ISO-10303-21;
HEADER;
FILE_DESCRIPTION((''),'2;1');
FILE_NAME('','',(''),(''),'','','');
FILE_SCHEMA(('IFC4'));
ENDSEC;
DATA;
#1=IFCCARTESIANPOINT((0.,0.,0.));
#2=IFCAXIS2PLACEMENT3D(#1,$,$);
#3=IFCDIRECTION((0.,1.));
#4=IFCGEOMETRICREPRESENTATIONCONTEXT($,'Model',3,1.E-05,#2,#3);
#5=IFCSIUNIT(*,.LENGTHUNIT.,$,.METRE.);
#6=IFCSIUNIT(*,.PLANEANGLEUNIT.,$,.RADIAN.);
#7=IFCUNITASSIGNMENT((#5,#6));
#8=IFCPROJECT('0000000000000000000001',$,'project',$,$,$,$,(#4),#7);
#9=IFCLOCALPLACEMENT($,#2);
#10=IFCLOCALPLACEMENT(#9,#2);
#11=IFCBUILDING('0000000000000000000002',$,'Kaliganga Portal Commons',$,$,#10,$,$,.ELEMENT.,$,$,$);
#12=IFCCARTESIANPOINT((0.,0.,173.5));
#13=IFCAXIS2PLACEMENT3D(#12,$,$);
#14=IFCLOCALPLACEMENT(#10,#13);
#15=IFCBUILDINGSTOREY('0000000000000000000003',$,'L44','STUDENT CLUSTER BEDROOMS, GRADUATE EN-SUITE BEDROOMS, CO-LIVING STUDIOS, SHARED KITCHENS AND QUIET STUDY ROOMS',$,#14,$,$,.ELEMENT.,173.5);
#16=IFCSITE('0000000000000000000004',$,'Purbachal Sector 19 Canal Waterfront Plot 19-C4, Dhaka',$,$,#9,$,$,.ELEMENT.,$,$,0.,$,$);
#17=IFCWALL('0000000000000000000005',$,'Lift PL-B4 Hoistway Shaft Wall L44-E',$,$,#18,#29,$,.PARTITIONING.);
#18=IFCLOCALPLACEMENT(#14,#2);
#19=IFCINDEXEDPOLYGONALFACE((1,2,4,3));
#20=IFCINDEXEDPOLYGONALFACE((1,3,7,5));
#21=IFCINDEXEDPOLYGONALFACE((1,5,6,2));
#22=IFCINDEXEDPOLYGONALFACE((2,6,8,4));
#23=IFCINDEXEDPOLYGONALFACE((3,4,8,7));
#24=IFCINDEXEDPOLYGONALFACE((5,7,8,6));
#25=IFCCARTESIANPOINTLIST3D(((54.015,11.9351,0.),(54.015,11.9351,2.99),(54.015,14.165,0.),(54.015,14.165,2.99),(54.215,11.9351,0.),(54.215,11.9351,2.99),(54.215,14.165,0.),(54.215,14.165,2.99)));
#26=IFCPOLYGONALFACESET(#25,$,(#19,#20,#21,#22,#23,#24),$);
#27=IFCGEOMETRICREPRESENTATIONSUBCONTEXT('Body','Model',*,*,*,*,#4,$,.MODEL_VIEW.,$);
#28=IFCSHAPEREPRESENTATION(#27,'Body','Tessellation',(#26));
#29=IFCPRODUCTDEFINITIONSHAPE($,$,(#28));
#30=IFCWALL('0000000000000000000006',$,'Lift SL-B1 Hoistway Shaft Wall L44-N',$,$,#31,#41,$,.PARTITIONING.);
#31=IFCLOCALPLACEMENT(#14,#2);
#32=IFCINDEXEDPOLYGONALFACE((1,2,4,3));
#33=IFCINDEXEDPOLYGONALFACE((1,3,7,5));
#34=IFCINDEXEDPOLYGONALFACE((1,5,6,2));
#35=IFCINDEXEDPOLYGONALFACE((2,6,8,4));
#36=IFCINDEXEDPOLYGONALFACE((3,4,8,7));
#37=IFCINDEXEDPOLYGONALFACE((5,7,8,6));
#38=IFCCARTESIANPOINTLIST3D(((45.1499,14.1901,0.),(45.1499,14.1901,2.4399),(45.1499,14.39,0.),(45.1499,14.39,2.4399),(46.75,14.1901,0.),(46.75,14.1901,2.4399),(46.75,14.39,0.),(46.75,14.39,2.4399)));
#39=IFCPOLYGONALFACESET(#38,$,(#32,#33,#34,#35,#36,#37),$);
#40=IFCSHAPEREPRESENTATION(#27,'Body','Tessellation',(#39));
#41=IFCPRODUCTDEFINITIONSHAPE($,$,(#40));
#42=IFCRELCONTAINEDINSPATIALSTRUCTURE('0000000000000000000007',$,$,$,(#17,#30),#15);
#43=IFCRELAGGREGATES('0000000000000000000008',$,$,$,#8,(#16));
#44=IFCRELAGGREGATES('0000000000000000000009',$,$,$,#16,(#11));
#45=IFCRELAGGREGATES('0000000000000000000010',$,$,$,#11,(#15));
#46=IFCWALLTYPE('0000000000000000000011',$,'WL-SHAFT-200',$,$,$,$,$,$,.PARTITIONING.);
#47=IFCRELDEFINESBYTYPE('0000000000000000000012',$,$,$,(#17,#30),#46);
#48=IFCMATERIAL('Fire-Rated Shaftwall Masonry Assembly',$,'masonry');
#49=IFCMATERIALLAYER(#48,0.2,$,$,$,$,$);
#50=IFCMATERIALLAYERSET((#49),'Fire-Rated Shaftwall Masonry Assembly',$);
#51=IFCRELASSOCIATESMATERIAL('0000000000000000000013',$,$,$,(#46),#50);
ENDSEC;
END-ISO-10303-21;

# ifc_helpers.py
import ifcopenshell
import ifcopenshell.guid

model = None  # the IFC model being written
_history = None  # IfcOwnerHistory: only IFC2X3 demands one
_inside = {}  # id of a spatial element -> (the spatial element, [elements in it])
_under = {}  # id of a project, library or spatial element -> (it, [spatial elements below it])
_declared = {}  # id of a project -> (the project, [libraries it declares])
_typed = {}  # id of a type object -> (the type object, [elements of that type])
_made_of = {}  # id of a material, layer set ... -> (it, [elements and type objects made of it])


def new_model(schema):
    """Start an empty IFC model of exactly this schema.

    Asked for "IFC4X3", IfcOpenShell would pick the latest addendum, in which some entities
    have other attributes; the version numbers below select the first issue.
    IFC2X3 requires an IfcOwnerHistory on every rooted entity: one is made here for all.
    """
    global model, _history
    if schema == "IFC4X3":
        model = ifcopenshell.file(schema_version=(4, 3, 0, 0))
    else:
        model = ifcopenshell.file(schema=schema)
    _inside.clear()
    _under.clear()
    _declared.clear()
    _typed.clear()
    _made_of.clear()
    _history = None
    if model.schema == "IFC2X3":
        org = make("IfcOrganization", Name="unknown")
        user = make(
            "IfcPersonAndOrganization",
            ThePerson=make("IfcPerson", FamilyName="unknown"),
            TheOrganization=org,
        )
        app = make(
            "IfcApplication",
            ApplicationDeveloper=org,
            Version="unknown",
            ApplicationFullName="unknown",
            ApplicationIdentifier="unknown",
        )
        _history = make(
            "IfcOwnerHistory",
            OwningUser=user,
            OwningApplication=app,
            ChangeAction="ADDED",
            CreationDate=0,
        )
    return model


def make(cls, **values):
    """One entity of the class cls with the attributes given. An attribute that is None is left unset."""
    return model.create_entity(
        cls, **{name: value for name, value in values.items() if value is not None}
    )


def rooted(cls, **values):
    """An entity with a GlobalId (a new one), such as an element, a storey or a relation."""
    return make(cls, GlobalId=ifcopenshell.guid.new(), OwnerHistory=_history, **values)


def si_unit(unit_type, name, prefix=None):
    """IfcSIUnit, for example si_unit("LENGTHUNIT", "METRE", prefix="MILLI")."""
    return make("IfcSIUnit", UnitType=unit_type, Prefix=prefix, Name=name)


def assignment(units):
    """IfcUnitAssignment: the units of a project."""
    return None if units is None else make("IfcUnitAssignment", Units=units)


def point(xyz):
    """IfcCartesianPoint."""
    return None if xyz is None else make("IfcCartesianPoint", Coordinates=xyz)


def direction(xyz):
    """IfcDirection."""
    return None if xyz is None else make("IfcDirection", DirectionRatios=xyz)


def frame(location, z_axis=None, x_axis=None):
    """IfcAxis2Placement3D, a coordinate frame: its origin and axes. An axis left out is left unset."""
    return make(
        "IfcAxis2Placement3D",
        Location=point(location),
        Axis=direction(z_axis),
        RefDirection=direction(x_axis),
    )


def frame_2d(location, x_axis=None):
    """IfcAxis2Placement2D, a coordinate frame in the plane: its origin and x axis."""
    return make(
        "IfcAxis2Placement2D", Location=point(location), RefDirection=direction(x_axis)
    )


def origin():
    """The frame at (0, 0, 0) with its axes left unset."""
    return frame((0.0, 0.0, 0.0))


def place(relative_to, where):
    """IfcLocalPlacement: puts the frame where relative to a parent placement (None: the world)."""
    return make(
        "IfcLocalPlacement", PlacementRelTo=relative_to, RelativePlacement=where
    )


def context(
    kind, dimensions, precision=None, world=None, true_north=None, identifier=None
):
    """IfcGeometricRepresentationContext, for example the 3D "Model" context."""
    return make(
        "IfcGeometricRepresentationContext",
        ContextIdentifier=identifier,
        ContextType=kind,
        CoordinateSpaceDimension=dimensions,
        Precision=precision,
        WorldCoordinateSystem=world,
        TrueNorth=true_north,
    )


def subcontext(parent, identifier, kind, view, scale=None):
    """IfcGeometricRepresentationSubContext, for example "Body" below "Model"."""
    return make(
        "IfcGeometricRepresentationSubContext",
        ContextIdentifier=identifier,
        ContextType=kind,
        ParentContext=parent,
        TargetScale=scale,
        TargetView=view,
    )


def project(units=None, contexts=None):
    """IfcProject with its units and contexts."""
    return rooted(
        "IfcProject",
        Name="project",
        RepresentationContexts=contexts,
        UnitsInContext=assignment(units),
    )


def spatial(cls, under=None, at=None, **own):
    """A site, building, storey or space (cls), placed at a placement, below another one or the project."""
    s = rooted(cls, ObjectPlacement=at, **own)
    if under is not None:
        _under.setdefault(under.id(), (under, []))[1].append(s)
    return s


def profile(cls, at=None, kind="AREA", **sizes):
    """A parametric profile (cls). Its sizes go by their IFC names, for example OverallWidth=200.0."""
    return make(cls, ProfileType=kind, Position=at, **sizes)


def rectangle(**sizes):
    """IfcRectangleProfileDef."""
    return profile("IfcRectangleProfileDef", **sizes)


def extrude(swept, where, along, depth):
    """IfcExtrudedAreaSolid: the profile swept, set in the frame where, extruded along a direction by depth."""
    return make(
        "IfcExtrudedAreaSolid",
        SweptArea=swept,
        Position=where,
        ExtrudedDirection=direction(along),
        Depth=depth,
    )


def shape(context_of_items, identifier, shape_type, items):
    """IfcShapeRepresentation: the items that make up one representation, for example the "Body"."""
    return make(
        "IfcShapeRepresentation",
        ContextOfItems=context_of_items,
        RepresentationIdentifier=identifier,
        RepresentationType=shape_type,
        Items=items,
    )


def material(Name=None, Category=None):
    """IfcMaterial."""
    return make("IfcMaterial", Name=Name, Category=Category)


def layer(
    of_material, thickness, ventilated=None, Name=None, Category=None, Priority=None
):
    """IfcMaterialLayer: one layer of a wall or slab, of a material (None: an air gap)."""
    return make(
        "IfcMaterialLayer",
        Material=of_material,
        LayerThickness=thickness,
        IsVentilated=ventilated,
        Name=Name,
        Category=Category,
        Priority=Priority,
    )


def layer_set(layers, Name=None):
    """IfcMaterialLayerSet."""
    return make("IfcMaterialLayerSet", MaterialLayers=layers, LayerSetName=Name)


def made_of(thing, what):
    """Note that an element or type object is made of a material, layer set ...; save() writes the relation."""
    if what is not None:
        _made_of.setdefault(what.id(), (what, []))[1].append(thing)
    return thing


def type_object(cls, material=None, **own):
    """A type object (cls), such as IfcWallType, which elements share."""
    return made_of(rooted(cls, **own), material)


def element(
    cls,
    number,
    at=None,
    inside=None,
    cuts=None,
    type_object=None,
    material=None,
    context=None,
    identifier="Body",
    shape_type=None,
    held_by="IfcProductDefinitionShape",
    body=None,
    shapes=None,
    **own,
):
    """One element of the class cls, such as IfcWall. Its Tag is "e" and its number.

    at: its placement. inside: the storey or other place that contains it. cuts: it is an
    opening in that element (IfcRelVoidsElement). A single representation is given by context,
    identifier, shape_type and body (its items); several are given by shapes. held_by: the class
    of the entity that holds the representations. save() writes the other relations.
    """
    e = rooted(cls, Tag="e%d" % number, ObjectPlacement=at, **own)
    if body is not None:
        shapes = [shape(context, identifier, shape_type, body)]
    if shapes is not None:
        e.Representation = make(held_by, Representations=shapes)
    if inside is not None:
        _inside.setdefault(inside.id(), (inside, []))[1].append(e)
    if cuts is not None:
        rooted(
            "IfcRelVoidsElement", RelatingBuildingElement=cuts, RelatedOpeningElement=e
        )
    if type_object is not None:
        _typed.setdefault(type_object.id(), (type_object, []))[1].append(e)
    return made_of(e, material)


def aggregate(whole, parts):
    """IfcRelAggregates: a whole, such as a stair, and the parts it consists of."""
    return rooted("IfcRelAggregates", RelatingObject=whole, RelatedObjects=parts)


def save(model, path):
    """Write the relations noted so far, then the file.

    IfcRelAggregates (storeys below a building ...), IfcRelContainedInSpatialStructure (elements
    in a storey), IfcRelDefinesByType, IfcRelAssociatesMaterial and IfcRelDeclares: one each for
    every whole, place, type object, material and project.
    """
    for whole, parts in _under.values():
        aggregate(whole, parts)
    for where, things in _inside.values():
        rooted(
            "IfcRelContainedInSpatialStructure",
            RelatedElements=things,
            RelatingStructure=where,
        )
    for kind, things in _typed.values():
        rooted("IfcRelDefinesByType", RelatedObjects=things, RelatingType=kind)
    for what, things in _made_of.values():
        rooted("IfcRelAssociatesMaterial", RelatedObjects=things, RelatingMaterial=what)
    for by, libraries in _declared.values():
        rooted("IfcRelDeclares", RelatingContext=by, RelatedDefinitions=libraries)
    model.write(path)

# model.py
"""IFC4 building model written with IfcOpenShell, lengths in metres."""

from ifc_helpers import new_model, si_unit, direction, frame, frame_2d, origin, place, context, subcontext, project, spatial, rectangle, extrude, material, layer, layer_set, type_object, element, save


model = new_model("IFC4")

# Units and contexts
model_context = context("Model", 3, precision=1e-05, world=origin(), true_north=direction((0.0, 1.0)))
body_context = subcontext(model_context, "Body", "Model", "MODEL_VIEW")
ifc_project = project(units=[si_unit("LENGTHUNIT", "METRE"), si_unit("PLANEANGLEUNIT", "RADIAN")], contexts=[model_context])

# Site, building, storey
site_placement = place(None, origin())
site = spatial("IfcSite", under=ifc_project, at=site_placement, Name="Purbachal Sector 19 Canal Waterfront Plot 19-C4, Dhaka", CompositionType="ELEMENT", RefElevation=0.0)
building_placement = place(site_placement, origin())
building = spatial("IfcBuilding", under=site, at=building_placement, Name="Kaliganga Portal Commons", CompositionType="ELEMENT")
storey_placement = place(building_placement, frame((0.0, 0.0, 173.5)))
storey = spatial("IfcBuildingStorey", under=building, at=storey_placement, Name="L44", Description="STUDENT CLUSTER BEDROOMS, GRADUATE EN-SUITE BEDROOMS, CO-LIVING STUDIOS, SHARED KITCHENS AND QUIET STUDY ROOMS", CompositionType="ELEMENT", Elevation=173.5)

# Shared definitions
ifc_material_1 = material(Name="Fire-Rated Shaftwall Masonry Assembly", Category="masonry")
ifc_layer_1 = layer(ifc_material_1, 0.2)
ifc_layer_set_1 = layer_set([ifc_layer_1], Name="Fire-Rated Shaftwall Masonry Assembly")
wall_type_1 = type_object("IfcWallType", Name="WL-SHAFT-200", PredefinedType="PARTITIONING", material=ifc_layer_set_1)

# Wall
wall_1_placement = place(storey_placement, frame((54.115, 11.9351, 0.0), z_axis=(0.0, 0.0, 1.0), x_axis=(0.0, 1.0, 0.0)))
element("IfcWall", 1, at=wall_1_placement, inside=storey, type_object=wall_type_1, Name="Lift PL-B4 Hoistway Shaft Wall L44-E", PredefinedType="PARTITIONING", context=body_context, shape_type="SweptSolid", body=[
    extrude(rectangle(XDim=2.23, YDim=0.2, at=frame_2d((1.115, 0.0))), origin(), (0.0, 0.0, 1.0), 2.99),
])

# Wall
wall_2_placement = place(storey_placement, frame((45.1499, 14.29, 0.0), z_axis=(0.0, 0.0, 1.0), x_axis=(1.0, 0.0, 0.0)))
element("IfcWall", 2, at=wall_2_placement, inside=storey, type_object=wall_type_1, Name="Lift SL-B1 Hoistway Shaft Wall L44-N", PredefinedType="PARTITIONING", context=body_context, shape_type="SweptSolid", body=[
    extrude(rectangle(XDim=1.6001, YDim=0.2, at=frame_2d((0.8, 0.0))), origin(), (0.0, 0.0, 1.0), 2.4399),
])

save(model, "model.ifc")
